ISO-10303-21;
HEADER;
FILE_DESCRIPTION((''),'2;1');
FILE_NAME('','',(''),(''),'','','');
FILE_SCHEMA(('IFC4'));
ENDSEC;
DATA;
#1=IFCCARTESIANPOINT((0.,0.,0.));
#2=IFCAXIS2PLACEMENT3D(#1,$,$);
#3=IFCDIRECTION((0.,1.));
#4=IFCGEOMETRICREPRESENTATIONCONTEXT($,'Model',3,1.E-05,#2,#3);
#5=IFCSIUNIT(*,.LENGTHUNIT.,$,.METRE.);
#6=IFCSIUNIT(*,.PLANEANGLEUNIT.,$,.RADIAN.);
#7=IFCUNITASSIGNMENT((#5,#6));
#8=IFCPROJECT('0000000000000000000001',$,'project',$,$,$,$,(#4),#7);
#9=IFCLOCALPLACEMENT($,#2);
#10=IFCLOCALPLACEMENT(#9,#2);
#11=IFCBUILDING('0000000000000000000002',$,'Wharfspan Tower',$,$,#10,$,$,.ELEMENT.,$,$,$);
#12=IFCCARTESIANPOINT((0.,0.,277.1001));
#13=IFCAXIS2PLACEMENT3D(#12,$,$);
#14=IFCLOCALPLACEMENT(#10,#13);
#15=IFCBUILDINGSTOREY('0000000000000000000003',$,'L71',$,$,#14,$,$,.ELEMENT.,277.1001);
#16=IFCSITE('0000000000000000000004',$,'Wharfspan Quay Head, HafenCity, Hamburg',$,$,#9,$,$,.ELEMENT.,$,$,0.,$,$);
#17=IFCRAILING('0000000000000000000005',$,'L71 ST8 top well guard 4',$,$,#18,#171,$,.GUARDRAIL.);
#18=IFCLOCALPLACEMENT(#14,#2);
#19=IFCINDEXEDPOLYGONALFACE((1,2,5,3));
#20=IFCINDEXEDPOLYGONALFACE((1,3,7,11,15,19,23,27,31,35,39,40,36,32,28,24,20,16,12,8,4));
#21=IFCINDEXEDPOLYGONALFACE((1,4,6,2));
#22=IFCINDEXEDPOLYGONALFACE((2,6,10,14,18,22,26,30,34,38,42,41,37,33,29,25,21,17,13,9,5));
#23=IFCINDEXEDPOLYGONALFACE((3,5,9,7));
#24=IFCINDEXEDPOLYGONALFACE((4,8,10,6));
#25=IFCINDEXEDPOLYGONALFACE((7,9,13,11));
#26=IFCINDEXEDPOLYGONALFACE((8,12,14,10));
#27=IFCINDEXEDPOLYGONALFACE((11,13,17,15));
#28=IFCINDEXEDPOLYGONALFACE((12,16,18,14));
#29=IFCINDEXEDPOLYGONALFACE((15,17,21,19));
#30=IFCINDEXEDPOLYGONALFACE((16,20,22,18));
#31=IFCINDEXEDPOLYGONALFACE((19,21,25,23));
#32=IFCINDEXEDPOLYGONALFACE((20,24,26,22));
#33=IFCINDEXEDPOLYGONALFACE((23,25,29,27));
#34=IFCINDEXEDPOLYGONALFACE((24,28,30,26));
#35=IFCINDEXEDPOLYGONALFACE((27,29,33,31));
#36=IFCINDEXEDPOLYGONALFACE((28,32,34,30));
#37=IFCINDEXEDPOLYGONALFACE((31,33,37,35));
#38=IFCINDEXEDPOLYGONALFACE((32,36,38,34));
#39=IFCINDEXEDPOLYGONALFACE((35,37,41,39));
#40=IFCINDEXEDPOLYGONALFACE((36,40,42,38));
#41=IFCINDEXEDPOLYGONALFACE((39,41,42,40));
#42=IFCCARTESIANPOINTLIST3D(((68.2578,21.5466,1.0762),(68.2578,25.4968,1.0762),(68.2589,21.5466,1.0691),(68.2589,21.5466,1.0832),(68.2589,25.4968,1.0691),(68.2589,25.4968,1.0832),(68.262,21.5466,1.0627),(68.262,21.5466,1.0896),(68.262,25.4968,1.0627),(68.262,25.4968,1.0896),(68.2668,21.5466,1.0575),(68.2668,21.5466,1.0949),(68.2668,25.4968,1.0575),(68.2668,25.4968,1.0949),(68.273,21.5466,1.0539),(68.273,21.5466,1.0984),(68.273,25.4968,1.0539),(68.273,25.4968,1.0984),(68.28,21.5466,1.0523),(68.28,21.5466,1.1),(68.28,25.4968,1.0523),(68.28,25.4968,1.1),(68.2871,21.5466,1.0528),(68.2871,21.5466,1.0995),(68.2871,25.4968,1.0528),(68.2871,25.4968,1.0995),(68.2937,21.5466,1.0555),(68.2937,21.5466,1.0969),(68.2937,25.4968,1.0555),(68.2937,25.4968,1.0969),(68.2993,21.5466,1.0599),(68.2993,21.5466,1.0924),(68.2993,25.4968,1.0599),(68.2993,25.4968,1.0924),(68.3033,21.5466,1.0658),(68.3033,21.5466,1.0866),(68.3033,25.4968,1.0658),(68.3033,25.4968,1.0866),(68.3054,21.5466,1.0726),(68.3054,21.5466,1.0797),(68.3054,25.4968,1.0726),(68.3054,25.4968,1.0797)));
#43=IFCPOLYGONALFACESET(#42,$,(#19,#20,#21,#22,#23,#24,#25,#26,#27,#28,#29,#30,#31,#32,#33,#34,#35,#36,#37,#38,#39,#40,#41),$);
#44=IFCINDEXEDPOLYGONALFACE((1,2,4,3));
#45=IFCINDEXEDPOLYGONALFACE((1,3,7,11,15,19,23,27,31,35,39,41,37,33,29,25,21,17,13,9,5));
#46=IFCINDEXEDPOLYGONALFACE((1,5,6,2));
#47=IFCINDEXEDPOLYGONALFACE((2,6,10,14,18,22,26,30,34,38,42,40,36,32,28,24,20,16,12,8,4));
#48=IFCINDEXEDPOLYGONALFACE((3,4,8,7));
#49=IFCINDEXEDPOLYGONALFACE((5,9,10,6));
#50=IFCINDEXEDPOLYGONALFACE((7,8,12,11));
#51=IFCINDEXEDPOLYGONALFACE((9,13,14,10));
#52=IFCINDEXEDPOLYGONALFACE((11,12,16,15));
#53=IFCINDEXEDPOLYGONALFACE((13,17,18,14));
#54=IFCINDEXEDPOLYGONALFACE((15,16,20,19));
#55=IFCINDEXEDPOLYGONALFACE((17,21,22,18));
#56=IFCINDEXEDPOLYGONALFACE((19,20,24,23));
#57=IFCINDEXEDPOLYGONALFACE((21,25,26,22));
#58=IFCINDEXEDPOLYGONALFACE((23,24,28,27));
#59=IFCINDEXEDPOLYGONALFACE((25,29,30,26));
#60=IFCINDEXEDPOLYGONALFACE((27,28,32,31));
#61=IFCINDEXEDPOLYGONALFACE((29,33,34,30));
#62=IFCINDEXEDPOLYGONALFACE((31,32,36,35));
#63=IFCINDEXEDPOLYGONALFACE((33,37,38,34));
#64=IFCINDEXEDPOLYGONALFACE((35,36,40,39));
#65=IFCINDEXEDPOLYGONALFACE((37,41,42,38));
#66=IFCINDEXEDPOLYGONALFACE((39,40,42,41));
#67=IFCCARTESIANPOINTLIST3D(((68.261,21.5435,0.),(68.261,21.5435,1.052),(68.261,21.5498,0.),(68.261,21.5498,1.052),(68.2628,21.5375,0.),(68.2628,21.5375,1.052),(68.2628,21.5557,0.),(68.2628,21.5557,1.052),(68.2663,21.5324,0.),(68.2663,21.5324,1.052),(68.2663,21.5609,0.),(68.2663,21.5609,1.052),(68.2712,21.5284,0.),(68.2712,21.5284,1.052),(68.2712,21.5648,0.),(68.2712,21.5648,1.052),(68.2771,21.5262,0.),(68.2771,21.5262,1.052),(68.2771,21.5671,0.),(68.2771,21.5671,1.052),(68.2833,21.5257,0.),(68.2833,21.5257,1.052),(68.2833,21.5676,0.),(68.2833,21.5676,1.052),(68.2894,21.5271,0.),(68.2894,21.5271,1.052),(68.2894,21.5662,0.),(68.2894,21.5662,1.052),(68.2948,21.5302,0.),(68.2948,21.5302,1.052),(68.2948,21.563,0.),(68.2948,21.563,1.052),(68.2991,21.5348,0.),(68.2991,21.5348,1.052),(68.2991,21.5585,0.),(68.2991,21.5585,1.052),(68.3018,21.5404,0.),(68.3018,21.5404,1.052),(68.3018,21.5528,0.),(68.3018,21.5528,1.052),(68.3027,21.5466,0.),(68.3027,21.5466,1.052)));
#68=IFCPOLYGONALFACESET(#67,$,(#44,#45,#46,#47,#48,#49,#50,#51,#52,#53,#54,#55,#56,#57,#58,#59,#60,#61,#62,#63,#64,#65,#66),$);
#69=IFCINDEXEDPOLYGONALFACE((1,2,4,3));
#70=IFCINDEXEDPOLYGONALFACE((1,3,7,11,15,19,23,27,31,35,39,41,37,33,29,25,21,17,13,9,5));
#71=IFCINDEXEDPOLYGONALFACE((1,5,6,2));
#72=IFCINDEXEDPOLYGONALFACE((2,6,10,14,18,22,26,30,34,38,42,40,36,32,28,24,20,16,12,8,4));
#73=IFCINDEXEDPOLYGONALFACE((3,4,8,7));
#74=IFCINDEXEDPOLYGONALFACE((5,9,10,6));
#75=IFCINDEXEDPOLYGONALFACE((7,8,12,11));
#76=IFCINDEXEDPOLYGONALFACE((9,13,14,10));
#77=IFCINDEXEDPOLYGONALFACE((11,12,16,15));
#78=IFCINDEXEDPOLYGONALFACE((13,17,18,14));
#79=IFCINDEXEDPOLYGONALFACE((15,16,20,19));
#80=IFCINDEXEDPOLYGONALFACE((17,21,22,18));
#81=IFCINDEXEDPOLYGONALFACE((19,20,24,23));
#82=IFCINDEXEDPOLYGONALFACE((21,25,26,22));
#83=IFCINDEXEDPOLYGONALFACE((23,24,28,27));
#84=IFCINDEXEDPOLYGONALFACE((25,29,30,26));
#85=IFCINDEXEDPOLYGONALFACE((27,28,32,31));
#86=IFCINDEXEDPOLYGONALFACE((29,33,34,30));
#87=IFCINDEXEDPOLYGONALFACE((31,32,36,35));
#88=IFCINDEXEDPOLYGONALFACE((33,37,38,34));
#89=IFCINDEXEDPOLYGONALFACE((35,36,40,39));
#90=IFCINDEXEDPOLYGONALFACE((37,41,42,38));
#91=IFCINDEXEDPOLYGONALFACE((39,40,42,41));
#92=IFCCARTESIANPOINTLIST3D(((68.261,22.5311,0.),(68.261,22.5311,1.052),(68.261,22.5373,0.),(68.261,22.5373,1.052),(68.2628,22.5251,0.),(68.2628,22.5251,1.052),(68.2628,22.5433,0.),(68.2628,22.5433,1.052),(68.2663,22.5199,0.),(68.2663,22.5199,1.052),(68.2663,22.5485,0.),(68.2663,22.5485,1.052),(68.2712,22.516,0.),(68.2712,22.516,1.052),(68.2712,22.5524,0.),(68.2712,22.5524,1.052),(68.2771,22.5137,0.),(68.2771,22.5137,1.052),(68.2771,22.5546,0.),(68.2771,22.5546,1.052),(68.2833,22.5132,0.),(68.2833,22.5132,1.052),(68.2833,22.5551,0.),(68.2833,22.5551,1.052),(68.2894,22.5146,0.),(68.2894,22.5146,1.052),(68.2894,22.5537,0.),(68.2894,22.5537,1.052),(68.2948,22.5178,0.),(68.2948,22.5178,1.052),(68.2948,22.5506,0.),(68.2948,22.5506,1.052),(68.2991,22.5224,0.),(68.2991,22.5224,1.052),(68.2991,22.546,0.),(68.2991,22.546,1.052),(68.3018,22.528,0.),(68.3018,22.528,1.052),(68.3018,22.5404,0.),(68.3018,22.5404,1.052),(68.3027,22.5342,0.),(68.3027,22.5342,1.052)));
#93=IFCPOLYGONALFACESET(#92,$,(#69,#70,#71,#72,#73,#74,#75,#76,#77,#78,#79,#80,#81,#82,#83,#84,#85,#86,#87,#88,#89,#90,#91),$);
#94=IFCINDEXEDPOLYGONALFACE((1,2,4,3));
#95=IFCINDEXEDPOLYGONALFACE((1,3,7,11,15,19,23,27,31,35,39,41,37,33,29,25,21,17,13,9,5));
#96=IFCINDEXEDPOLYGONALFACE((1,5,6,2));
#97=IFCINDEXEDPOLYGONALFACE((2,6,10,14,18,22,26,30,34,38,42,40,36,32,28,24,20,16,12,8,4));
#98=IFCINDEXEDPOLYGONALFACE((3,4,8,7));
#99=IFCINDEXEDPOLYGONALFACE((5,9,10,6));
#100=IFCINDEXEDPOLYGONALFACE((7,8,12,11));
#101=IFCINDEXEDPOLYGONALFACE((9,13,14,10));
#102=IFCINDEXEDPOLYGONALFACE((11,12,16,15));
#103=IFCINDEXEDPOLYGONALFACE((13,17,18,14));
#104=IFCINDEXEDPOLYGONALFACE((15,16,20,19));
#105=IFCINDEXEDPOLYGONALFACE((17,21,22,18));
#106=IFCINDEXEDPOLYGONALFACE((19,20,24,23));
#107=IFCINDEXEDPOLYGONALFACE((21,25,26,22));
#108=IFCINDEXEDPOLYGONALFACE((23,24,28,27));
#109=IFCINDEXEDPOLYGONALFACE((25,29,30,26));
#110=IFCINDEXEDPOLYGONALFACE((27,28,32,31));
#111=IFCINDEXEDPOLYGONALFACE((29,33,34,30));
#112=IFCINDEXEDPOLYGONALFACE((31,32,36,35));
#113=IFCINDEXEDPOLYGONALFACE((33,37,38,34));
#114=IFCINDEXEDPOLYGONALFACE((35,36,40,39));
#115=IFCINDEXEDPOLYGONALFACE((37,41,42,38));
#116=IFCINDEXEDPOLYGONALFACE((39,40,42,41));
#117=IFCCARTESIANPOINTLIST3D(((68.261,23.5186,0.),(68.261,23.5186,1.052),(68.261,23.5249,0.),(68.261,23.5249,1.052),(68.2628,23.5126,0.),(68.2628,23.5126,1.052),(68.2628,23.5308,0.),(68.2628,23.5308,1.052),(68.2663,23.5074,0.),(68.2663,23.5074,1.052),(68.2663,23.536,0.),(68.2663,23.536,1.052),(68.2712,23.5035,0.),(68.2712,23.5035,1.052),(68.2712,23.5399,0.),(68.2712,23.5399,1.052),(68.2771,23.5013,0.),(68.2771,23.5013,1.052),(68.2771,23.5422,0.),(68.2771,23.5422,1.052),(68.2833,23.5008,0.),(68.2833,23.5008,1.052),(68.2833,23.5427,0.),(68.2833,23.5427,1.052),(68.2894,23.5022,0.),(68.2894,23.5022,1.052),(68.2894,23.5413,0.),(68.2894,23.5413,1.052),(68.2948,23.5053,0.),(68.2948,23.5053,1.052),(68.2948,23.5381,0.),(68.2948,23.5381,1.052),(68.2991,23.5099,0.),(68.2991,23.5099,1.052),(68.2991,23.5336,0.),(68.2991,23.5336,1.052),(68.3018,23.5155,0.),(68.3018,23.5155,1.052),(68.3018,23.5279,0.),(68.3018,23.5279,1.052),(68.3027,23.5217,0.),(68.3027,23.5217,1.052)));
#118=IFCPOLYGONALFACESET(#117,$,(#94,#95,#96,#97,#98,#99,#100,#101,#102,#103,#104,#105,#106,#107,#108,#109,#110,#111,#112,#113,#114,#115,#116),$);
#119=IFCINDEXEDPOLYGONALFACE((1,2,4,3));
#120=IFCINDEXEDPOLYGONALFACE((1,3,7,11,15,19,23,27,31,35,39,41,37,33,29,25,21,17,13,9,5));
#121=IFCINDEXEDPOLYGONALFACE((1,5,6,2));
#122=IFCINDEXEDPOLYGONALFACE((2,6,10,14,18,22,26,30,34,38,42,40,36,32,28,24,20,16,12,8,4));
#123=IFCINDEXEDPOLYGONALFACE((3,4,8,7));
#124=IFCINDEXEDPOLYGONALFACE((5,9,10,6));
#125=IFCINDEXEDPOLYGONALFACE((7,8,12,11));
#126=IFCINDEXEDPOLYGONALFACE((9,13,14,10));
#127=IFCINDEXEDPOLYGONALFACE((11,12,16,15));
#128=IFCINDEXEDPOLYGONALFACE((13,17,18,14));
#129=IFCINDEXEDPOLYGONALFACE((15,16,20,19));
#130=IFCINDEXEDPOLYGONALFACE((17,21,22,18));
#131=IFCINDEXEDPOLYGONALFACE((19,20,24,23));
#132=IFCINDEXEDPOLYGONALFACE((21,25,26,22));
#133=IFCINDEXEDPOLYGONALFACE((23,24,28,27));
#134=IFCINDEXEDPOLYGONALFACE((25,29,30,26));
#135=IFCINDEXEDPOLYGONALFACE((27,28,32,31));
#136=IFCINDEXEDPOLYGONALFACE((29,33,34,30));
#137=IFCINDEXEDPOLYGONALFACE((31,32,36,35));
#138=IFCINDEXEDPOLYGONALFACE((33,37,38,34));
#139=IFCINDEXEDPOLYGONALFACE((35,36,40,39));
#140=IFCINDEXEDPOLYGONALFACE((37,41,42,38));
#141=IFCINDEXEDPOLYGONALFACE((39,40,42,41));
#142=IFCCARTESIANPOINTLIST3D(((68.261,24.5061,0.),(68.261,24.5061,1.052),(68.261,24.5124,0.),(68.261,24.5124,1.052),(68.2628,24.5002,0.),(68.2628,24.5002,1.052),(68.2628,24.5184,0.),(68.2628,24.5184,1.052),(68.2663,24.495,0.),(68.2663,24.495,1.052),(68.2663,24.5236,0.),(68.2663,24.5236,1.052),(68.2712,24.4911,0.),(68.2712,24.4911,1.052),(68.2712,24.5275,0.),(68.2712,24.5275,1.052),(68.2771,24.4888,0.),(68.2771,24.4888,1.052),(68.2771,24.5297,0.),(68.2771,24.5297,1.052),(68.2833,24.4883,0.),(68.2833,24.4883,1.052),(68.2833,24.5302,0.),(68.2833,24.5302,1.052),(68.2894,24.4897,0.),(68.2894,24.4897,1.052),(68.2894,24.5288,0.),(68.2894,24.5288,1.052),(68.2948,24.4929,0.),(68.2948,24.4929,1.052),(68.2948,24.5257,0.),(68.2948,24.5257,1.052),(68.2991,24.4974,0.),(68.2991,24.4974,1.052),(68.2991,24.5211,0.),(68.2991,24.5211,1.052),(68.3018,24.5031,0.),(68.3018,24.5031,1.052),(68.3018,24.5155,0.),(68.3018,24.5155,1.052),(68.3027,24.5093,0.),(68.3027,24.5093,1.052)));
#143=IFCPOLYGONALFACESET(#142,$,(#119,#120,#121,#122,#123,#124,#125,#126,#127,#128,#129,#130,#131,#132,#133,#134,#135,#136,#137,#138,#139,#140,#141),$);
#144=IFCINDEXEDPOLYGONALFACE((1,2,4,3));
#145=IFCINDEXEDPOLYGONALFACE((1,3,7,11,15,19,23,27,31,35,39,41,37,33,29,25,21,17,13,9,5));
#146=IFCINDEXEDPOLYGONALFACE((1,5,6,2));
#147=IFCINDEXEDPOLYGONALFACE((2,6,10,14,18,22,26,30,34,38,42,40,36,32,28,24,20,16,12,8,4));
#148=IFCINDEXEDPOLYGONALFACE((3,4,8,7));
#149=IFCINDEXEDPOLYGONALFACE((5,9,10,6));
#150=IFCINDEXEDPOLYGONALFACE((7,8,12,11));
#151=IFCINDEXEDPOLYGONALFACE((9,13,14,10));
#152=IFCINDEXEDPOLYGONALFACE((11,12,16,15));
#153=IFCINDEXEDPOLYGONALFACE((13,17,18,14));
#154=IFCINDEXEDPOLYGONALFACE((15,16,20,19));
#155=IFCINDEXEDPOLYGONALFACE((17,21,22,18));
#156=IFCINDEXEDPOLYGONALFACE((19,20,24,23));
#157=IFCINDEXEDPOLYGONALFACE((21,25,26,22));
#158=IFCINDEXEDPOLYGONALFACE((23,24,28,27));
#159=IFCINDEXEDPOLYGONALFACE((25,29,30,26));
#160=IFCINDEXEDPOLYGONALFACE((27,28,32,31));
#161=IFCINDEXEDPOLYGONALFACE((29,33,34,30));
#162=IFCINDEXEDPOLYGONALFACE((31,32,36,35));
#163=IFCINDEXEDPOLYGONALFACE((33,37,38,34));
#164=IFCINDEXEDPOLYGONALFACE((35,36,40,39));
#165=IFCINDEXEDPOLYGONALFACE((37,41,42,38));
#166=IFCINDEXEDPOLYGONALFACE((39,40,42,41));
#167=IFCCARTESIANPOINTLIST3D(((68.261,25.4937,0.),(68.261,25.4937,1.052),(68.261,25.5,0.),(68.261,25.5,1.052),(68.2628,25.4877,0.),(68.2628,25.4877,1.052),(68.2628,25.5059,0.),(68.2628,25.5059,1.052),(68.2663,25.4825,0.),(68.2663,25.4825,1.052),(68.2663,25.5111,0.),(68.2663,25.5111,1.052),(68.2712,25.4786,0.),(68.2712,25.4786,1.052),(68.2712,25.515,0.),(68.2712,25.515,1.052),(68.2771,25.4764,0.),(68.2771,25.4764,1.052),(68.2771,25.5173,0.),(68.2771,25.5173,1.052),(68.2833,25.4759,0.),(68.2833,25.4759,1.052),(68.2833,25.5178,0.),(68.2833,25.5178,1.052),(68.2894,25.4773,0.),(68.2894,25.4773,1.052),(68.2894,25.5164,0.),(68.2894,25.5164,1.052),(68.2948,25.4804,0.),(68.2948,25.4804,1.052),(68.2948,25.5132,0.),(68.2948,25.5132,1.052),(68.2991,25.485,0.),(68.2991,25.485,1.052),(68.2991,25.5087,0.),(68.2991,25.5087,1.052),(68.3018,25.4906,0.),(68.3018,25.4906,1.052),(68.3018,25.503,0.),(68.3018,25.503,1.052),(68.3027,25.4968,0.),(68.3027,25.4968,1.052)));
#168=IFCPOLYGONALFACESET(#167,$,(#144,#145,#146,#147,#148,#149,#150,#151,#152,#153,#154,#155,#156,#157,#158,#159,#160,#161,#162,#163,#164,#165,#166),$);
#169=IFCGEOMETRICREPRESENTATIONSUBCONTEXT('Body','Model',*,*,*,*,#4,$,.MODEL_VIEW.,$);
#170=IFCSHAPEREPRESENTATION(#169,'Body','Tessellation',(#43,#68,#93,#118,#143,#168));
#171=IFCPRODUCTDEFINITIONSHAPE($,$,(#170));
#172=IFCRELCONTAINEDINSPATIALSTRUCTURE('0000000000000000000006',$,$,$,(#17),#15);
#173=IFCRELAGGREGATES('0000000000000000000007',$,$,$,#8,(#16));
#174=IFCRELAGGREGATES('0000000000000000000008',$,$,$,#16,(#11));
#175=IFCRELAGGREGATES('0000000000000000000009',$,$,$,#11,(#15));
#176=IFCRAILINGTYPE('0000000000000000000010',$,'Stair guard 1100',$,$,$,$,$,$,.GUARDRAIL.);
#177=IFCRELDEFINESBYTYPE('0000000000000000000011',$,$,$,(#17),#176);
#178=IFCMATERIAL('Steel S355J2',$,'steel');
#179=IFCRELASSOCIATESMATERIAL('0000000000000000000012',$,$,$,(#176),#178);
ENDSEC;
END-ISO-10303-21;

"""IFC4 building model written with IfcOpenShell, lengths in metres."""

from ifc_helpers import new_model, si_unit, direction, frame, origin, origin_2d, place, context, subcontext, project, spatial, circle, extrude, material, type_object, element, save


model = new_model("IFC4")

# Units and contexts
model_context = context("Model", 3, precision=1e-05, world=origin(), true_north=direction((0.0, 1.0)))
body_context = subcontext(model_context, "Body", "Model", "MODEL_VIEW")
ifc_project = project(units=[si_unit("LENGTHUNIT", "METRE"), si_unit("PLANEANGLEUNIT", "RADIAN")], contexts=[model_context])

# Site, building, storey
site_placement = place(None, origin())
site = spatial("IfcSite", under=ifc_project, at=site_placement, Name="Wharfspan Quay Head, HafenCity, Hamburg", CompositionType="ELEMENT", RefElevation=0.0)
building_placement = place(site_placement, origin())
building = spatial("IfcBuilding", under=site, at=building_placement, Name="Wharfspan Tower", CompositionType="ELEMENT")
storey_placement = place(building_placement, frame((0.0, 0.0, 277.1001)))
storey = spatial("IfcBuildingStorey", under=building, at=storey_placement, Name="L71", CompositionType="ELEMENT", Elevation=277.1001)

# Shared definitions
ifc_material_1 = material(Name="Steel S355J2", Category="steel")

# Railing
railing_type = type_object("IfcRailingType", Name="Stair guard 1100", PredefinedType="GUARDRAIL", material=ifc_material_1)
railing_1_placement = place(storey_placement, frame((68.2817, 21.5466, 0.0)))
element("IfcRailing", 1, at=railing_1_placement, inside=storey, type_object=railing_type, Name="L71 ST8 top well guard 4", PredefinedType="GUARDRAIL", context=body_context, shape_type="SweptSolid", body=[
    extrude(circle(Radius=0.0239, at=origin_2d()), frame((0.0, 0.0, 1.0762), z_axis=(0.0, 1.0, 0.0), x_axis=(-1.0, 0.0, 0.0)), (0.0, 0.0, 1.0), 3.9502),
    extrude(circle(Radius=0.021, at=origin_2d()), origin(), (0.0, 0.0, 1.0), 1.052),
    extrude(circle(Radius=0.021, at=origin_2d()), frame((0.0, 0.9875, 0.0)), (0.0, 0.0, 1.0), 1.052),
    extrude(circle(Radius=0.021, at=origin_2d()), frame((0.0, 1.9751, 0.0)), (0.0, 0.0, 1.0), 1.052),
    extrude(circle(Radius=0.021, at=origin_2d()), frame((0.0, 2.9626, 0.0)), (0.0, 0.0, 1.0), 1.052),
    extrude(circle(Radius=0.021, at=origin_2d()), frame((0.0, 3.9502, 0.0)), (0.0, 0.0, 1.0), 1.052),
])

save(model, "model.ifc")
